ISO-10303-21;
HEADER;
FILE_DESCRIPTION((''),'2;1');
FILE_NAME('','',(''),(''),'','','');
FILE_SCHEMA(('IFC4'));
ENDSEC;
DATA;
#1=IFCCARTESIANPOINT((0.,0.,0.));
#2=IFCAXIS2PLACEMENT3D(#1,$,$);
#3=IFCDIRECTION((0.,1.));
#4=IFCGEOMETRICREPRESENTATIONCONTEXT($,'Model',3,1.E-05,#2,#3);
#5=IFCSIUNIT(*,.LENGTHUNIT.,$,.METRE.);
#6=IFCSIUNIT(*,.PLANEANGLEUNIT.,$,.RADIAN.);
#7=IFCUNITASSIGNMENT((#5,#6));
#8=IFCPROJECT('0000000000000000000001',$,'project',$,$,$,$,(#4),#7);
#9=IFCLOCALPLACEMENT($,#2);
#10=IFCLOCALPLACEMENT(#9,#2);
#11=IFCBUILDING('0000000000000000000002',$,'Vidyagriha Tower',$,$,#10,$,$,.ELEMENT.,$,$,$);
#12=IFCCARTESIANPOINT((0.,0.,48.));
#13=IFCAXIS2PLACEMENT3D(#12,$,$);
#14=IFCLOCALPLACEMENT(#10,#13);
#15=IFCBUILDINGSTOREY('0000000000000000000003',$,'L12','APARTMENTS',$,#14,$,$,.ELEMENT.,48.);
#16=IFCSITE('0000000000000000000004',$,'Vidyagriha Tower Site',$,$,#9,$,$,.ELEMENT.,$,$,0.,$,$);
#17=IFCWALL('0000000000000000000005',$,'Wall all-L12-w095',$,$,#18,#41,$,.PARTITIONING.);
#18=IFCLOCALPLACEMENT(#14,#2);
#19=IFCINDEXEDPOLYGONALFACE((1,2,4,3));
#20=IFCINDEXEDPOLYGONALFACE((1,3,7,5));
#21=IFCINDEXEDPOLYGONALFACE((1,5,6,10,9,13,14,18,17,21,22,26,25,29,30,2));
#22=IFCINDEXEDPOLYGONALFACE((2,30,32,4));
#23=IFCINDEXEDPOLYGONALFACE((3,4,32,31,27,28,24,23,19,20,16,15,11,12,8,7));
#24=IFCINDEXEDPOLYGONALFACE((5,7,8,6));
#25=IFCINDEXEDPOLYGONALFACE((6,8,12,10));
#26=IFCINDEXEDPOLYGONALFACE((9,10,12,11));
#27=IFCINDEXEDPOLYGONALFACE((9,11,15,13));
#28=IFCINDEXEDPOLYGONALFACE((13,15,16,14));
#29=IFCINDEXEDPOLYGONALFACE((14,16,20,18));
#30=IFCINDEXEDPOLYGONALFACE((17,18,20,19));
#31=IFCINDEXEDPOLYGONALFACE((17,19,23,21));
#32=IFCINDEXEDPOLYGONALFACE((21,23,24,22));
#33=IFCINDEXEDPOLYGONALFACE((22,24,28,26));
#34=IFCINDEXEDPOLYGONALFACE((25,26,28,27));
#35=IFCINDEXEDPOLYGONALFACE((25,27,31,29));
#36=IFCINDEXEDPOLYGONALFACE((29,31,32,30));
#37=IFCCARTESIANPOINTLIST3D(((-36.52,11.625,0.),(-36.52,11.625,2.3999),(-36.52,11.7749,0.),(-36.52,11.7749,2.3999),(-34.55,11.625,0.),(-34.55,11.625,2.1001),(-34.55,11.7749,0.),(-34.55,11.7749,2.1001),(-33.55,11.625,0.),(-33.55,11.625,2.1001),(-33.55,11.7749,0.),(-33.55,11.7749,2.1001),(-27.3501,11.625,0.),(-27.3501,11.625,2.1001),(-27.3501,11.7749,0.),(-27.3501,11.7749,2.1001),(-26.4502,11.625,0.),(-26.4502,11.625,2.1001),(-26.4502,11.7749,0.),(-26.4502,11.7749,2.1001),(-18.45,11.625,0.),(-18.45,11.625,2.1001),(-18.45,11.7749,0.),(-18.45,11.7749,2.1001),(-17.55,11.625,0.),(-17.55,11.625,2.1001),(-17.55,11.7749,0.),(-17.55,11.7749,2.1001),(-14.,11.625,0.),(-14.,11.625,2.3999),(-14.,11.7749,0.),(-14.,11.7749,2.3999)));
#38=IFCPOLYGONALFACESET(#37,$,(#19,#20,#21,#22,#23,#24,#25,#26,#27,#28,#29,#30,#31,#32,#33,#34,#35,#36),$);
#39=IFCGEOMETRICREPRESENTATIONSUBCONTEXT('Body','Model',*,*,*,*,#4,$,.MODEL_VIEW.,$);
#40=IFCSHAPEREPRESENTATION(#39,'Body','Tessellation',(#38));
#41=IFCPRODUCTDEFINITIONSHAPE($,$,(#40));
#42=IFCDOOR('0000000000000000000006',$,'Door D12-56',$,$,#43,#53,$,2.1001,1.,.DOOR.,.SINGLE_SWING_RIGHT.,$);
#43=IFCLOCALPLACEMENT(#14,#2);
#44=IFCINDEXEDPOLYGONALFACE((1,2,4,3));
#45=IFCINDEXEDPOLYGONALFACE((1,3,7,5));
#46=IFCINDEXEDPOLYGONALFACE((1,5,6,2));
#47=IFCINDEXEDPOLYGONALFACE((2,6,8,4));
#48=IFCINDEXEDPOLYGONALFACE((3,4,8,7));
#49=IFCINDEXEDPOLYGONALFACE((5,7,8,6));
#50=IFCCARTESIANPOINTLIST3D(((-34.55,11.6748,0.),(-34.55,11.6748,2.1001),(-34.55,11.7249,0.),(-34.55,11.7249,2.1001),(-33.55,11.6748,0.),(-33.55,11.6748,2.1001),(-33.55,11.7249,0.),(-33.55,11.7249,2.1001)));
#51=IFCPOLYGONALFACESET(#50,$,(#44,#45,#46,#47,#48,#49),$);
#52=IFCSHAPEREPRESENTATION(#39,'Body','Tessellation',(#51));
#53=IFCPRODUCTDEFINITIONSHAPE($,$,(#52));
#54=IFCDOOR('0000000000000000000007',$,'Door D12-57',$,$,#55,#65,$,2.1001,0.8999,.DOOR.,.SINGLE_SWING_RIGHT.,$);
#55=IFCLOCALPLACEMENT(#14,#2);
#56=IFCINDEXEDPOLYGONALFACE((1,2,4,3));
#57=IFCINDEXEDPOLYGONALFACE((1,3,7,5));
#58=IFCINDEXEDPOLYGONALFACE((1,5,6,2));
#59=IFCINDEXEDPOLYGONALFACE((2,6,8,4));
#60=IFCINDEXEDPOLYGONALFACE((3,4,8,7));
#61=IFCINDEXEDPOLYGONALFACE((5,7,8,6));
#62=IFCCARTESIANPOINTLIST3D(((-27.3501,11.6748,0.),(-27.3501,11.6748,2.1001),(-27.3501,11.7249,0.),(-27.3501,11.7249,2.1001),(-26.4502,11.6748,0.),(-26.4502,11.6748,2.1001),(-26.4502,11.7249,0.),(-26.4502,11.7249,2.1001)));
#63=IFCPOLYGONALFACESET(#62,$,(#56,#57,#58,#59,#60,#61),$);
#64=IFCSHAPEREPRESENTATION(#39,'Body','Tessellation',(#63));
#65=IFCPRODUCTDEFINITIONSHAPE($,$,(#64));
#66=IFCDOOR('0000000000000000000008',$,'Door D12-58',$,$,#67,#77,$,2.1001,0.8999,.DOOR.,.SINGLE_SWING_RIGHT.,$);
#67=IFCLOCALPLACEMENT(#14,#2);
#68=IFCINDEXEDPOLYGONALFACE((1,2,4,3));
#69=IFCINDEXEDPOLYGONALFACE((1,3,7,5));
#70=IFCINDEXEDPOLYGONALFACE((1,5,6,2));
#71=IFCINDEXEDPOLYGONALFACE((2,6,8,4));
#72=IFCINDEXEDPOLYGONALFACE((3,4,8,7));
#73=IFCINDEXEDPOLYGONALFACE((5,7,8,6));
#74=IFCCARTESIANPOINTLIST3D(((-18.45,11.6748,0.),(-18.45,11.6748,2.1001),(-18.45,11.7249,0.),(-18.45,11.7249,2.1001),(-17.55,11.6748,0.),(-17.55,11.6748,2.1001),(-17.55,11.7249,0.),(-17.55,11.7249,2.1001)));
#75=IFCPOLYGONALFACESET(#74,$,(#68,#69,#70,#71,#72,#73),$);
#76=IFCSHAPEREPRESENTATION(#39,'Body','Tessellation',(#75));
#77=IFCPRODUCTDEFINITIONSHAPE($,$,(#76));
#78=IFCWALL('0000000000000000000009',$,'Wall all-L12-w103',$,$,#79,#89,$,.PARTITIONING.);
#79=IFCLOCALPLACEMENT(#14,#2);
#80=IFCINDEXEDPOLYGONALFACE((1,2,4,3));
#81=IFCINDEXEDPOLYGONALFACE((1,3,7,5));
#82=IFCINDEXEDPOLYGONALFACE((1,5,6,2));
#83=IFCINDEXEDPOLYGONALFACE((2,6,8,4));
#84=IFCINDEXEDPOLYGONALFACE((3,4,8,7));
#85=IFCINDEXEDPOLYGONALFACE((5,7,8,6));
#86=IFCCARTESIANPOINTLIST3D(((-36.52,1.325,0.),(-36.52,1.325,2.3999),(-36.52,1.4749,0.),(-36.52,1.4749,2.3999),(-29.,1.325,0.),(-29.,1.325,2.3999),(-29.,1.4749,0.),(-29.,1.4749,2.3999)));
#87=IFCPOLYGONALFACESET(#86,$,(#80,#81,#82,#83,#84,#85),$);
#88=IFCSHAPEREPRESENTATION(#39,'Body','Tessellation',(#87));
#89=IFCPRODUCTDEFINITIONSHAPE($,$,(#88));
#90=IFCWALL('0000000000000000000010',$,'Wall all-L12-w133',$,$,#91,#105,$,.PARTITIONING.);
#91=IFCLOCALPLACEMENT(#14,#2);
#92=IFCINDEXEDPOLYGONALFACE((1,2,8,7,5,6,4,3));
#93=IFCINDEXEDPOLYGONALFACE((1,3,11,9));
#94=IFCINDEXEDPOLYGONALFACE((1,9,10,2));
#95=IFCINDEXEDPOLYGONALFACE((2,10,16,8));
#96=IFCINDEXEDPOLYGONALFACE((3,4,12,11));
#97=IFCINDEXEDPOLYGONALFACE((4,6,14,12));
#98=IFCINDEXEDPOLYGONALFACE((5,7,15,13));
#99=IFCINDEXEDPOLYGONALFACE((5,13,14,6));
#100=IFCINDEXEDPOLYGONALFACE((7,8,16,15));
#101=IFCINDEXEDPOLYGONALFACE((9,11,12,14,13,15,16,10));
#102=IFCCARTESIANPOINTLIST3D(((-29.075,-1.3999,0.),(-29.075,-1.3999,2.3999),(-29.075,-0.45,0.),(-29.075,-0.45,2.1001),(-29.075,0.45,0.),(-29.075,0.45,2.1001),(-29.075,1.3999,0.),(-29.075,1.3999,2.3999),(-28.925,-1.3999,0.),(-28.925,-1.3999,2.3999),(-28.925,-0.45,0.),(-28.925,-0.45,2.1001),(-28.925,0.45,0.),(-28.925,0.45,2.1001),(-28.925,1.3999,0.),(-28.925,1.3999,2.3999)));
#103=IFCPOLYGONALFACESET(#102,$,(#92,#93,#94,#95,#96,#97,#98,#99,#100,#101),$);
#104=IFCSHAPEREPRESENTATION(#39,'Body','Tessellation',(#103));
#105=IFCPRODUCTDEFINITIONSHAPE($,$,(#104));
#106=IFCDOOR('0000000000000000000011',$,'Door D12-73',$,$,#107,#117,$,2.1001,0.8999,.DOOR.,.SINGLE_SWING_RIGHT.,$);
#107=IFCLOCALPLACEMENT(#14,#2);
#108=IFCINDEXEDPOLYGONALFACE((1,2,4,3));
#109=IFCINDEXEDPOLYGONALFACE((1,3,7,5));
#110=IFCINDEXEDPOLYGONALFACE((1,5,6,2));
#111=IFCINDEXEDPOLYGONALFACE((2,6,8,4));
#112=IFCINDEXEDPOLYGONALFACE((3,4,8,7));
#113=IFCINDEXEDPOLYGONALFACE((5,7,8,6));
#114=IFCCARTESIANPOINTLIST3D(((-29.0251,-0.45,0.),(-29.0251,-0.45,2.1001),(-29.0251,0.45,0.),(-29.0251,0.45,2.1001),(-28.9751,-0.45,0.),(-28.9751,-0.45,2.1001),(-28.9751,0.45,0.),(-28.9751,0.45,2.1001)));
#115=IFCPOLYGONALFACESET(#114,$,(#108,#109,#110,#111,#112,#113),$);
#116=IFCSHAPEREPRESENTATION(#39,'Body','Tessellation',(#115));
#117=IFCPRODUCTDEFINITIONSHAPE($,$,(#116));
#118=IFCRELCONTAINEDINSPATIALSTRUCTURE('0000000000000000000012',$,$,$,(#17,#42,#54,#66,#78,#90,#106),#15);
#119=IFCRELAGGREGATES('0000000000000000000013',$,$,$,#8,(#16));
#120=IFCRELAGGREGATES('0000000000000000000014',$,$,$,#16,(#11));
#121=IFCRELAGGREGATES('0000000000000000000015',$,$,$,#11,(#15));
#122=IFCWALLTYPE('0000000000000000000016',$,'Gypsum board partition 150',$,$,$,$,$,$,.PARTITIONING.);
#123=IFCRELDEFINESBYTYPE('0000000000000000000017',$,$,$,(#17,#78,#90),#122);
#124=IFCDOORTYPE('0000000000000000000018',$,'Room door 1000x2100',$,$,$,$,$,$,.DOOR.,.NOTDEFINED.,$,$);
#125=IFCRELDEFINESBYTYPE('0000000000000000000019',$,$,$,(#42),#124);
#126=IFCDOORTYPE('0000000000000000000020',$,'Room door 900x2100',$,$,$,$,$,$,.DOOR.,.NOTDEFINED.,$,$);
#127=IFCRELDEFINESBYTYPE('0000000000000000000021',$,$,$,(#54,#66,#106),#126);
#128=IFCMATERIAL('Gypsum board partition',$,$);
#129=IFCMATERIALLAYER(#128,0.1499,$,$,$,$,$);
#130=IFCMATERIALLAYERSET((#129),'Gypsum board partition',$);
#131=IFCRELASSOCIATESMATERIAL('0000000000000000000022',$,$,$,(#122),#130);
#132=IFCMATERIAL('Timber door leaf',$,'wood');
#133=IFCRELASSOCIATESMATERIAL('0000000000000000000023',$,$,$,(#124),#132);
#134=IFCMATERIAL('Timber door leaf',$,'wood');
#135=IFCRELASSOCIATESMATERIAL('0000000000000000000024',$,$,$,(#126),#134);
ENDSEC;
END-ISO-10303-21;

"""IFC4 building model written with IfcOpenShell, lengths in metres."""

from ifc_helpers import new_model, si_unit, direction, frame, frame_2d, origin, place, context, subcontext, project, spatial, rectangle, extrude, material, layer, layer_set, type_object, element, fill, save


model = new_model("IFC4")

# Units and contexts
model_context = context("Model", 3, precision=1e-05, world=origin(), true_north=direction((0.0, 1.0)))
body_context = subcontext(model_context, "Body", "Model", "MODEL_VIEW")
ifc_project = project(units=[si_unit("LENGTHUNIT", "METRE"), si_unit("PLANEANGLEUNIT", "RADIAN")], contexts=[model_context])

# Site, building, storey
site_placement = place(None, origin())
site = spatial("IfcSite", under=ifc_project, at=site_placement, Name="Vidyagriha Tower Site", CompositionType="ELEMENT", RefElevation=0.0)
building_placement = place(site_placement, origin())
building = spatial("IfcBuilding", under=site, at=building_placement, Name="Vidyagriha Tower", CompositionType="ELEMENT")
storey_placement = place(building_placement, frame((0.0, 0.0, 48.0)))
storey = spatial("IfcBuildingStorey", under=building, at=storey_placement, Name="L12", Description="APARTMENTS", CompositionType="ELEMENT", Elevation=48.0)

# Shared definitions
ifc_material_1 = material(Name="Gypsum board partition")
ifc_layer_1 = layer(ifc_material_1, 0.1499)
ifc_layer_set_1 = layer_set([ifc_layer_1], Name="Gypsum board partition")
wall_type_1 = type_object("IfcWallType", Name="Gypsum board partition 150", PredefinedType="PARTITIONING", material=ifc_layer_set_1)

# Wall, openings, doors
wall_1_placement = place(storey_placement, frame((-36.52, 11.7, 0.0)))
wall_1 = element("IfcWall", 1, at=wall_1_placement, inside=storey, type_object=wall_type_1, Name="Wall all-L12-w095", PredefinedType="PARTITIONING", context=body_context, shape_type="SweptSolid", body=[
    extrude(rectangle(XDim=22.52, YDim=0.1499, at=frame_2d((11.26, 0.0))), origin(), (0.0, 0.0, 1.0), 2.3999),
])
opening_1_placement = place(wall_1_placement, frame((1.97, 0.0, 0.0)))
opening_1 = element("IfcOpeningElement", 2, at=opening_1_placement, cuts=wall_1, PredefinedType="OPENING", context=body_context, shape_type="SweptSolid", body=[
    extrude(rectangle(XDim=1.0, YDim=2.1001, at=frame_2d((0.5, 1.05))), frame((0.0, 0.085, 0.0), z_axis=(0.0, -1.0, 0.0), x_axis=(1.0, 0.0, 0.0)), (0.0, 0.0, 1.0), 0.1699),
])
opening_2_placement = place(wall_1_placement, frame((9.1699, 0.0, 0.0)))
opening_2 = element("IfcOpeningElement", 3, at=opening_2_placement, cuts=wall_1, PredefinedType="OPENING", context=body_context, shape_type="SweptSolid", body=[
    extrude(rectangle(XDim=0.8999, YDim=2.1001, at=frame_2d((0.45, 1.05))), frame((0.0, 0.085, 0.0), z_axis=(0.0, -1.0, 0.0), x_axis=(1.0, 0.0, 0.0)), (0.0, 0.0, 1.0), 0.1699),
])
opening_3_placement = place(wall_1_placement, frame((18.0701, 0.0, 0.0)))
opening_3 = element("IfcOpeningElement", 4, at=opening_3_placement, cuts=wall_1, PredefinedType="OPENING", context=body_context, shape_type="SweptSolid", body=[
    extrude(rectangle(XDim=0.8999, YDim=2.1001, at=frame_2d((0.45, 1.05))), frame((0.0, 0.085, 0.0), z_axis=(0.0, -1.0, 0.0), x_axis=(1.0, 0.0, 0.0)), (0.0, 0.0, 1.0), 0.1699),
])
ifc_material_2 = material(Name="Timber door leaf", Category="wood")
door_type_1 = type_object("IfcDoorType", Name="Room door 1000x2100", OperationType="NOTDEFINED", PredefinedType="DOOR", material=ifc_material_2)
door_1_placement = place(opening_1_placement, origin())
door_1 = element("IfcDoor", 5, at=door_1_placement, inside=storey, type_object=door_type_1, Name="Door D12-56", OperationType="SINGLE_SWING_RIGHT", OverallHeight=2.1001, OverallWidth=1.0, PredefinedType="DOOR", context=body_context, shape_type="SweptSolid", body=[
    extrude(rectangle(XDim=1.0, YDim=2.1001, at=frame_2d((0.5, 1.05))), frame((0.0, 0.0249, 0.0), z_axis=(0.0, -1.0, 0.0), x_axis=(1.0, 0.0, 0.0)), (0.0, 0.0, 1.0), 0.05),
])
fill(opening_1, door_1)
ifc_material_3 = material(Name="Timber door leaf", Category="wood")
door_type_2 = type_object("IfcDoorType", Name="Room door 900x2100", OperationType="NOTDEFINED", PredefinedType="DOOR", material=ifc_material_3)
door_2_placement = place(opening_2_placement, origin())
door_2 = element("IfcDoor", 6, at=door_2_placement, inside=storey, type_object=door_type_2, Name="Door D12-57", OperationType="SINGLE_SWING_RIGHT", OverallHeight=2.1001, OverallWidth=0.8999, PredefinedType="DOOR", context=body_context, shape_type="SweptSolid", body=[
    extrude(rectangle(XDim=0.8999, YDim=2.1001, at=frame_2d((0.45, 1.05))), frame((0.0, 0.0249, 0.0), z_axis=(0.0, -1.0, 0.0), x_axis=(1.0, 0.0, 0.0)), (0.0, 0.0, 1.0), 0.05),
])
fill(opening_2, door_2)
door_3_placement = place(opening_3_placement, origin())
door_3 = element("IfcDoor", 7, at=door_3_placement, inside=storey, type_object=door_type_2, Name="Door D12-58", OperationType="SINGLE_SWING_RIGHT", OverallHeight=2.1001, OverallWidth=0.8999, PredefinedType="DOOR", context=body_context, shape_type="SweptSolid", body=[
    extrude(rectangle(XDim=0.8999, YDim=2.1001, at=frame_2d((0.45, 1.05))), frame((0.0, 0.0249, 0.0), z_axis=(0.0, -1.0, 0.0), x_axis=(1.0, 0.0, 0.0)), (0.0, 0.0, 1.0), 0.05),
])
fill(opening_3, door_3)

# Wall
wall_2_placement = place(storey_placement, frame((-36.52, 1.3999, 0.0)))
element("IfcWall", 8, at=wall_2_placement, inside=storey, type_object=wall_type_1, Name="Wall all-L12-w103", PredefinedType="PARTITIONING", context=body_context, shape_type="SweptSolid", body=[
    extrude(rectangle(XDim=7.52, YDim=0.1499, at=frame_2d((3.76, 0.0))), origin(), (0.0, 0.0, 1.0), 2.3999),
])

# Wall, opening, door
wall_3_placement = place(storey_placement, frame((-29.0, 1.3999, 0.0), z_axis=(0.0, 0.0, 1.0), x_axis=(0.0, -1.0, 0.0)))
wall_3 = element("IfcWall", 9, at=wall_3_placement, inside=storey, type_object=wall_type_1, Name="Wall all-L12-w133", PredefinedType="PARTITIONING", context=body_context, shape_type="SweptSolid", body=[
    extrude(rectangle(XDim=2.7998, YDim=0.1499, at=frame_2d((1.3999, 0.0))), origin(), (0.0, 0.0, 1.0), 2.3999),
])
opening_4_placement = place(wall_3_placement, frame((0.95, 0.0, 0.0)))
opening_4 = element("IfcOpeningElement", 10, at=opening_4_placement, cuts=wall_3, PredefinedType="OPENING", context=body_context, shape_type="SweptSolid", body=[
    extrude(rectangle(XDim=0.8999, YDim=2.1001, at=frame_2d((0.45, 1.05))), frame((0.0, 0.085, 0.0), z_axis=(0.0, -1.0, 0.0), x_axis=(1.0, 0.0, 0.0)), (0.0, 0.0, 1.0), 0.1699),
])
door_4_placement = place(opening_4_placement, origin())
door_4 = element("IfcDoor", 11, at=door_4_placement, inside=storey, type_object=door_type_2, Name="Door D12-73", OperationType="SINGLE_SWING_RIGHT", OverallHeight=2.1001, OverallWidth=0.8999, PredefinedType="DOOR", context=body_context, shape_type="SweptSolid", body=[
    extrude(rectangle(XDim=0.8999, YDim=2.1001, at=frame_2d((0.45, 1.05))), frame((0.0, 0.0249, 0.0), z_axis=(0.0, -1.0, 0.0), x_axis=(1.0, 0.0, 0.0)), (0.0, 0.0, 1.0), 0.05),
])
fill(opening_4, door_4)

save(model, "model.ifc")
